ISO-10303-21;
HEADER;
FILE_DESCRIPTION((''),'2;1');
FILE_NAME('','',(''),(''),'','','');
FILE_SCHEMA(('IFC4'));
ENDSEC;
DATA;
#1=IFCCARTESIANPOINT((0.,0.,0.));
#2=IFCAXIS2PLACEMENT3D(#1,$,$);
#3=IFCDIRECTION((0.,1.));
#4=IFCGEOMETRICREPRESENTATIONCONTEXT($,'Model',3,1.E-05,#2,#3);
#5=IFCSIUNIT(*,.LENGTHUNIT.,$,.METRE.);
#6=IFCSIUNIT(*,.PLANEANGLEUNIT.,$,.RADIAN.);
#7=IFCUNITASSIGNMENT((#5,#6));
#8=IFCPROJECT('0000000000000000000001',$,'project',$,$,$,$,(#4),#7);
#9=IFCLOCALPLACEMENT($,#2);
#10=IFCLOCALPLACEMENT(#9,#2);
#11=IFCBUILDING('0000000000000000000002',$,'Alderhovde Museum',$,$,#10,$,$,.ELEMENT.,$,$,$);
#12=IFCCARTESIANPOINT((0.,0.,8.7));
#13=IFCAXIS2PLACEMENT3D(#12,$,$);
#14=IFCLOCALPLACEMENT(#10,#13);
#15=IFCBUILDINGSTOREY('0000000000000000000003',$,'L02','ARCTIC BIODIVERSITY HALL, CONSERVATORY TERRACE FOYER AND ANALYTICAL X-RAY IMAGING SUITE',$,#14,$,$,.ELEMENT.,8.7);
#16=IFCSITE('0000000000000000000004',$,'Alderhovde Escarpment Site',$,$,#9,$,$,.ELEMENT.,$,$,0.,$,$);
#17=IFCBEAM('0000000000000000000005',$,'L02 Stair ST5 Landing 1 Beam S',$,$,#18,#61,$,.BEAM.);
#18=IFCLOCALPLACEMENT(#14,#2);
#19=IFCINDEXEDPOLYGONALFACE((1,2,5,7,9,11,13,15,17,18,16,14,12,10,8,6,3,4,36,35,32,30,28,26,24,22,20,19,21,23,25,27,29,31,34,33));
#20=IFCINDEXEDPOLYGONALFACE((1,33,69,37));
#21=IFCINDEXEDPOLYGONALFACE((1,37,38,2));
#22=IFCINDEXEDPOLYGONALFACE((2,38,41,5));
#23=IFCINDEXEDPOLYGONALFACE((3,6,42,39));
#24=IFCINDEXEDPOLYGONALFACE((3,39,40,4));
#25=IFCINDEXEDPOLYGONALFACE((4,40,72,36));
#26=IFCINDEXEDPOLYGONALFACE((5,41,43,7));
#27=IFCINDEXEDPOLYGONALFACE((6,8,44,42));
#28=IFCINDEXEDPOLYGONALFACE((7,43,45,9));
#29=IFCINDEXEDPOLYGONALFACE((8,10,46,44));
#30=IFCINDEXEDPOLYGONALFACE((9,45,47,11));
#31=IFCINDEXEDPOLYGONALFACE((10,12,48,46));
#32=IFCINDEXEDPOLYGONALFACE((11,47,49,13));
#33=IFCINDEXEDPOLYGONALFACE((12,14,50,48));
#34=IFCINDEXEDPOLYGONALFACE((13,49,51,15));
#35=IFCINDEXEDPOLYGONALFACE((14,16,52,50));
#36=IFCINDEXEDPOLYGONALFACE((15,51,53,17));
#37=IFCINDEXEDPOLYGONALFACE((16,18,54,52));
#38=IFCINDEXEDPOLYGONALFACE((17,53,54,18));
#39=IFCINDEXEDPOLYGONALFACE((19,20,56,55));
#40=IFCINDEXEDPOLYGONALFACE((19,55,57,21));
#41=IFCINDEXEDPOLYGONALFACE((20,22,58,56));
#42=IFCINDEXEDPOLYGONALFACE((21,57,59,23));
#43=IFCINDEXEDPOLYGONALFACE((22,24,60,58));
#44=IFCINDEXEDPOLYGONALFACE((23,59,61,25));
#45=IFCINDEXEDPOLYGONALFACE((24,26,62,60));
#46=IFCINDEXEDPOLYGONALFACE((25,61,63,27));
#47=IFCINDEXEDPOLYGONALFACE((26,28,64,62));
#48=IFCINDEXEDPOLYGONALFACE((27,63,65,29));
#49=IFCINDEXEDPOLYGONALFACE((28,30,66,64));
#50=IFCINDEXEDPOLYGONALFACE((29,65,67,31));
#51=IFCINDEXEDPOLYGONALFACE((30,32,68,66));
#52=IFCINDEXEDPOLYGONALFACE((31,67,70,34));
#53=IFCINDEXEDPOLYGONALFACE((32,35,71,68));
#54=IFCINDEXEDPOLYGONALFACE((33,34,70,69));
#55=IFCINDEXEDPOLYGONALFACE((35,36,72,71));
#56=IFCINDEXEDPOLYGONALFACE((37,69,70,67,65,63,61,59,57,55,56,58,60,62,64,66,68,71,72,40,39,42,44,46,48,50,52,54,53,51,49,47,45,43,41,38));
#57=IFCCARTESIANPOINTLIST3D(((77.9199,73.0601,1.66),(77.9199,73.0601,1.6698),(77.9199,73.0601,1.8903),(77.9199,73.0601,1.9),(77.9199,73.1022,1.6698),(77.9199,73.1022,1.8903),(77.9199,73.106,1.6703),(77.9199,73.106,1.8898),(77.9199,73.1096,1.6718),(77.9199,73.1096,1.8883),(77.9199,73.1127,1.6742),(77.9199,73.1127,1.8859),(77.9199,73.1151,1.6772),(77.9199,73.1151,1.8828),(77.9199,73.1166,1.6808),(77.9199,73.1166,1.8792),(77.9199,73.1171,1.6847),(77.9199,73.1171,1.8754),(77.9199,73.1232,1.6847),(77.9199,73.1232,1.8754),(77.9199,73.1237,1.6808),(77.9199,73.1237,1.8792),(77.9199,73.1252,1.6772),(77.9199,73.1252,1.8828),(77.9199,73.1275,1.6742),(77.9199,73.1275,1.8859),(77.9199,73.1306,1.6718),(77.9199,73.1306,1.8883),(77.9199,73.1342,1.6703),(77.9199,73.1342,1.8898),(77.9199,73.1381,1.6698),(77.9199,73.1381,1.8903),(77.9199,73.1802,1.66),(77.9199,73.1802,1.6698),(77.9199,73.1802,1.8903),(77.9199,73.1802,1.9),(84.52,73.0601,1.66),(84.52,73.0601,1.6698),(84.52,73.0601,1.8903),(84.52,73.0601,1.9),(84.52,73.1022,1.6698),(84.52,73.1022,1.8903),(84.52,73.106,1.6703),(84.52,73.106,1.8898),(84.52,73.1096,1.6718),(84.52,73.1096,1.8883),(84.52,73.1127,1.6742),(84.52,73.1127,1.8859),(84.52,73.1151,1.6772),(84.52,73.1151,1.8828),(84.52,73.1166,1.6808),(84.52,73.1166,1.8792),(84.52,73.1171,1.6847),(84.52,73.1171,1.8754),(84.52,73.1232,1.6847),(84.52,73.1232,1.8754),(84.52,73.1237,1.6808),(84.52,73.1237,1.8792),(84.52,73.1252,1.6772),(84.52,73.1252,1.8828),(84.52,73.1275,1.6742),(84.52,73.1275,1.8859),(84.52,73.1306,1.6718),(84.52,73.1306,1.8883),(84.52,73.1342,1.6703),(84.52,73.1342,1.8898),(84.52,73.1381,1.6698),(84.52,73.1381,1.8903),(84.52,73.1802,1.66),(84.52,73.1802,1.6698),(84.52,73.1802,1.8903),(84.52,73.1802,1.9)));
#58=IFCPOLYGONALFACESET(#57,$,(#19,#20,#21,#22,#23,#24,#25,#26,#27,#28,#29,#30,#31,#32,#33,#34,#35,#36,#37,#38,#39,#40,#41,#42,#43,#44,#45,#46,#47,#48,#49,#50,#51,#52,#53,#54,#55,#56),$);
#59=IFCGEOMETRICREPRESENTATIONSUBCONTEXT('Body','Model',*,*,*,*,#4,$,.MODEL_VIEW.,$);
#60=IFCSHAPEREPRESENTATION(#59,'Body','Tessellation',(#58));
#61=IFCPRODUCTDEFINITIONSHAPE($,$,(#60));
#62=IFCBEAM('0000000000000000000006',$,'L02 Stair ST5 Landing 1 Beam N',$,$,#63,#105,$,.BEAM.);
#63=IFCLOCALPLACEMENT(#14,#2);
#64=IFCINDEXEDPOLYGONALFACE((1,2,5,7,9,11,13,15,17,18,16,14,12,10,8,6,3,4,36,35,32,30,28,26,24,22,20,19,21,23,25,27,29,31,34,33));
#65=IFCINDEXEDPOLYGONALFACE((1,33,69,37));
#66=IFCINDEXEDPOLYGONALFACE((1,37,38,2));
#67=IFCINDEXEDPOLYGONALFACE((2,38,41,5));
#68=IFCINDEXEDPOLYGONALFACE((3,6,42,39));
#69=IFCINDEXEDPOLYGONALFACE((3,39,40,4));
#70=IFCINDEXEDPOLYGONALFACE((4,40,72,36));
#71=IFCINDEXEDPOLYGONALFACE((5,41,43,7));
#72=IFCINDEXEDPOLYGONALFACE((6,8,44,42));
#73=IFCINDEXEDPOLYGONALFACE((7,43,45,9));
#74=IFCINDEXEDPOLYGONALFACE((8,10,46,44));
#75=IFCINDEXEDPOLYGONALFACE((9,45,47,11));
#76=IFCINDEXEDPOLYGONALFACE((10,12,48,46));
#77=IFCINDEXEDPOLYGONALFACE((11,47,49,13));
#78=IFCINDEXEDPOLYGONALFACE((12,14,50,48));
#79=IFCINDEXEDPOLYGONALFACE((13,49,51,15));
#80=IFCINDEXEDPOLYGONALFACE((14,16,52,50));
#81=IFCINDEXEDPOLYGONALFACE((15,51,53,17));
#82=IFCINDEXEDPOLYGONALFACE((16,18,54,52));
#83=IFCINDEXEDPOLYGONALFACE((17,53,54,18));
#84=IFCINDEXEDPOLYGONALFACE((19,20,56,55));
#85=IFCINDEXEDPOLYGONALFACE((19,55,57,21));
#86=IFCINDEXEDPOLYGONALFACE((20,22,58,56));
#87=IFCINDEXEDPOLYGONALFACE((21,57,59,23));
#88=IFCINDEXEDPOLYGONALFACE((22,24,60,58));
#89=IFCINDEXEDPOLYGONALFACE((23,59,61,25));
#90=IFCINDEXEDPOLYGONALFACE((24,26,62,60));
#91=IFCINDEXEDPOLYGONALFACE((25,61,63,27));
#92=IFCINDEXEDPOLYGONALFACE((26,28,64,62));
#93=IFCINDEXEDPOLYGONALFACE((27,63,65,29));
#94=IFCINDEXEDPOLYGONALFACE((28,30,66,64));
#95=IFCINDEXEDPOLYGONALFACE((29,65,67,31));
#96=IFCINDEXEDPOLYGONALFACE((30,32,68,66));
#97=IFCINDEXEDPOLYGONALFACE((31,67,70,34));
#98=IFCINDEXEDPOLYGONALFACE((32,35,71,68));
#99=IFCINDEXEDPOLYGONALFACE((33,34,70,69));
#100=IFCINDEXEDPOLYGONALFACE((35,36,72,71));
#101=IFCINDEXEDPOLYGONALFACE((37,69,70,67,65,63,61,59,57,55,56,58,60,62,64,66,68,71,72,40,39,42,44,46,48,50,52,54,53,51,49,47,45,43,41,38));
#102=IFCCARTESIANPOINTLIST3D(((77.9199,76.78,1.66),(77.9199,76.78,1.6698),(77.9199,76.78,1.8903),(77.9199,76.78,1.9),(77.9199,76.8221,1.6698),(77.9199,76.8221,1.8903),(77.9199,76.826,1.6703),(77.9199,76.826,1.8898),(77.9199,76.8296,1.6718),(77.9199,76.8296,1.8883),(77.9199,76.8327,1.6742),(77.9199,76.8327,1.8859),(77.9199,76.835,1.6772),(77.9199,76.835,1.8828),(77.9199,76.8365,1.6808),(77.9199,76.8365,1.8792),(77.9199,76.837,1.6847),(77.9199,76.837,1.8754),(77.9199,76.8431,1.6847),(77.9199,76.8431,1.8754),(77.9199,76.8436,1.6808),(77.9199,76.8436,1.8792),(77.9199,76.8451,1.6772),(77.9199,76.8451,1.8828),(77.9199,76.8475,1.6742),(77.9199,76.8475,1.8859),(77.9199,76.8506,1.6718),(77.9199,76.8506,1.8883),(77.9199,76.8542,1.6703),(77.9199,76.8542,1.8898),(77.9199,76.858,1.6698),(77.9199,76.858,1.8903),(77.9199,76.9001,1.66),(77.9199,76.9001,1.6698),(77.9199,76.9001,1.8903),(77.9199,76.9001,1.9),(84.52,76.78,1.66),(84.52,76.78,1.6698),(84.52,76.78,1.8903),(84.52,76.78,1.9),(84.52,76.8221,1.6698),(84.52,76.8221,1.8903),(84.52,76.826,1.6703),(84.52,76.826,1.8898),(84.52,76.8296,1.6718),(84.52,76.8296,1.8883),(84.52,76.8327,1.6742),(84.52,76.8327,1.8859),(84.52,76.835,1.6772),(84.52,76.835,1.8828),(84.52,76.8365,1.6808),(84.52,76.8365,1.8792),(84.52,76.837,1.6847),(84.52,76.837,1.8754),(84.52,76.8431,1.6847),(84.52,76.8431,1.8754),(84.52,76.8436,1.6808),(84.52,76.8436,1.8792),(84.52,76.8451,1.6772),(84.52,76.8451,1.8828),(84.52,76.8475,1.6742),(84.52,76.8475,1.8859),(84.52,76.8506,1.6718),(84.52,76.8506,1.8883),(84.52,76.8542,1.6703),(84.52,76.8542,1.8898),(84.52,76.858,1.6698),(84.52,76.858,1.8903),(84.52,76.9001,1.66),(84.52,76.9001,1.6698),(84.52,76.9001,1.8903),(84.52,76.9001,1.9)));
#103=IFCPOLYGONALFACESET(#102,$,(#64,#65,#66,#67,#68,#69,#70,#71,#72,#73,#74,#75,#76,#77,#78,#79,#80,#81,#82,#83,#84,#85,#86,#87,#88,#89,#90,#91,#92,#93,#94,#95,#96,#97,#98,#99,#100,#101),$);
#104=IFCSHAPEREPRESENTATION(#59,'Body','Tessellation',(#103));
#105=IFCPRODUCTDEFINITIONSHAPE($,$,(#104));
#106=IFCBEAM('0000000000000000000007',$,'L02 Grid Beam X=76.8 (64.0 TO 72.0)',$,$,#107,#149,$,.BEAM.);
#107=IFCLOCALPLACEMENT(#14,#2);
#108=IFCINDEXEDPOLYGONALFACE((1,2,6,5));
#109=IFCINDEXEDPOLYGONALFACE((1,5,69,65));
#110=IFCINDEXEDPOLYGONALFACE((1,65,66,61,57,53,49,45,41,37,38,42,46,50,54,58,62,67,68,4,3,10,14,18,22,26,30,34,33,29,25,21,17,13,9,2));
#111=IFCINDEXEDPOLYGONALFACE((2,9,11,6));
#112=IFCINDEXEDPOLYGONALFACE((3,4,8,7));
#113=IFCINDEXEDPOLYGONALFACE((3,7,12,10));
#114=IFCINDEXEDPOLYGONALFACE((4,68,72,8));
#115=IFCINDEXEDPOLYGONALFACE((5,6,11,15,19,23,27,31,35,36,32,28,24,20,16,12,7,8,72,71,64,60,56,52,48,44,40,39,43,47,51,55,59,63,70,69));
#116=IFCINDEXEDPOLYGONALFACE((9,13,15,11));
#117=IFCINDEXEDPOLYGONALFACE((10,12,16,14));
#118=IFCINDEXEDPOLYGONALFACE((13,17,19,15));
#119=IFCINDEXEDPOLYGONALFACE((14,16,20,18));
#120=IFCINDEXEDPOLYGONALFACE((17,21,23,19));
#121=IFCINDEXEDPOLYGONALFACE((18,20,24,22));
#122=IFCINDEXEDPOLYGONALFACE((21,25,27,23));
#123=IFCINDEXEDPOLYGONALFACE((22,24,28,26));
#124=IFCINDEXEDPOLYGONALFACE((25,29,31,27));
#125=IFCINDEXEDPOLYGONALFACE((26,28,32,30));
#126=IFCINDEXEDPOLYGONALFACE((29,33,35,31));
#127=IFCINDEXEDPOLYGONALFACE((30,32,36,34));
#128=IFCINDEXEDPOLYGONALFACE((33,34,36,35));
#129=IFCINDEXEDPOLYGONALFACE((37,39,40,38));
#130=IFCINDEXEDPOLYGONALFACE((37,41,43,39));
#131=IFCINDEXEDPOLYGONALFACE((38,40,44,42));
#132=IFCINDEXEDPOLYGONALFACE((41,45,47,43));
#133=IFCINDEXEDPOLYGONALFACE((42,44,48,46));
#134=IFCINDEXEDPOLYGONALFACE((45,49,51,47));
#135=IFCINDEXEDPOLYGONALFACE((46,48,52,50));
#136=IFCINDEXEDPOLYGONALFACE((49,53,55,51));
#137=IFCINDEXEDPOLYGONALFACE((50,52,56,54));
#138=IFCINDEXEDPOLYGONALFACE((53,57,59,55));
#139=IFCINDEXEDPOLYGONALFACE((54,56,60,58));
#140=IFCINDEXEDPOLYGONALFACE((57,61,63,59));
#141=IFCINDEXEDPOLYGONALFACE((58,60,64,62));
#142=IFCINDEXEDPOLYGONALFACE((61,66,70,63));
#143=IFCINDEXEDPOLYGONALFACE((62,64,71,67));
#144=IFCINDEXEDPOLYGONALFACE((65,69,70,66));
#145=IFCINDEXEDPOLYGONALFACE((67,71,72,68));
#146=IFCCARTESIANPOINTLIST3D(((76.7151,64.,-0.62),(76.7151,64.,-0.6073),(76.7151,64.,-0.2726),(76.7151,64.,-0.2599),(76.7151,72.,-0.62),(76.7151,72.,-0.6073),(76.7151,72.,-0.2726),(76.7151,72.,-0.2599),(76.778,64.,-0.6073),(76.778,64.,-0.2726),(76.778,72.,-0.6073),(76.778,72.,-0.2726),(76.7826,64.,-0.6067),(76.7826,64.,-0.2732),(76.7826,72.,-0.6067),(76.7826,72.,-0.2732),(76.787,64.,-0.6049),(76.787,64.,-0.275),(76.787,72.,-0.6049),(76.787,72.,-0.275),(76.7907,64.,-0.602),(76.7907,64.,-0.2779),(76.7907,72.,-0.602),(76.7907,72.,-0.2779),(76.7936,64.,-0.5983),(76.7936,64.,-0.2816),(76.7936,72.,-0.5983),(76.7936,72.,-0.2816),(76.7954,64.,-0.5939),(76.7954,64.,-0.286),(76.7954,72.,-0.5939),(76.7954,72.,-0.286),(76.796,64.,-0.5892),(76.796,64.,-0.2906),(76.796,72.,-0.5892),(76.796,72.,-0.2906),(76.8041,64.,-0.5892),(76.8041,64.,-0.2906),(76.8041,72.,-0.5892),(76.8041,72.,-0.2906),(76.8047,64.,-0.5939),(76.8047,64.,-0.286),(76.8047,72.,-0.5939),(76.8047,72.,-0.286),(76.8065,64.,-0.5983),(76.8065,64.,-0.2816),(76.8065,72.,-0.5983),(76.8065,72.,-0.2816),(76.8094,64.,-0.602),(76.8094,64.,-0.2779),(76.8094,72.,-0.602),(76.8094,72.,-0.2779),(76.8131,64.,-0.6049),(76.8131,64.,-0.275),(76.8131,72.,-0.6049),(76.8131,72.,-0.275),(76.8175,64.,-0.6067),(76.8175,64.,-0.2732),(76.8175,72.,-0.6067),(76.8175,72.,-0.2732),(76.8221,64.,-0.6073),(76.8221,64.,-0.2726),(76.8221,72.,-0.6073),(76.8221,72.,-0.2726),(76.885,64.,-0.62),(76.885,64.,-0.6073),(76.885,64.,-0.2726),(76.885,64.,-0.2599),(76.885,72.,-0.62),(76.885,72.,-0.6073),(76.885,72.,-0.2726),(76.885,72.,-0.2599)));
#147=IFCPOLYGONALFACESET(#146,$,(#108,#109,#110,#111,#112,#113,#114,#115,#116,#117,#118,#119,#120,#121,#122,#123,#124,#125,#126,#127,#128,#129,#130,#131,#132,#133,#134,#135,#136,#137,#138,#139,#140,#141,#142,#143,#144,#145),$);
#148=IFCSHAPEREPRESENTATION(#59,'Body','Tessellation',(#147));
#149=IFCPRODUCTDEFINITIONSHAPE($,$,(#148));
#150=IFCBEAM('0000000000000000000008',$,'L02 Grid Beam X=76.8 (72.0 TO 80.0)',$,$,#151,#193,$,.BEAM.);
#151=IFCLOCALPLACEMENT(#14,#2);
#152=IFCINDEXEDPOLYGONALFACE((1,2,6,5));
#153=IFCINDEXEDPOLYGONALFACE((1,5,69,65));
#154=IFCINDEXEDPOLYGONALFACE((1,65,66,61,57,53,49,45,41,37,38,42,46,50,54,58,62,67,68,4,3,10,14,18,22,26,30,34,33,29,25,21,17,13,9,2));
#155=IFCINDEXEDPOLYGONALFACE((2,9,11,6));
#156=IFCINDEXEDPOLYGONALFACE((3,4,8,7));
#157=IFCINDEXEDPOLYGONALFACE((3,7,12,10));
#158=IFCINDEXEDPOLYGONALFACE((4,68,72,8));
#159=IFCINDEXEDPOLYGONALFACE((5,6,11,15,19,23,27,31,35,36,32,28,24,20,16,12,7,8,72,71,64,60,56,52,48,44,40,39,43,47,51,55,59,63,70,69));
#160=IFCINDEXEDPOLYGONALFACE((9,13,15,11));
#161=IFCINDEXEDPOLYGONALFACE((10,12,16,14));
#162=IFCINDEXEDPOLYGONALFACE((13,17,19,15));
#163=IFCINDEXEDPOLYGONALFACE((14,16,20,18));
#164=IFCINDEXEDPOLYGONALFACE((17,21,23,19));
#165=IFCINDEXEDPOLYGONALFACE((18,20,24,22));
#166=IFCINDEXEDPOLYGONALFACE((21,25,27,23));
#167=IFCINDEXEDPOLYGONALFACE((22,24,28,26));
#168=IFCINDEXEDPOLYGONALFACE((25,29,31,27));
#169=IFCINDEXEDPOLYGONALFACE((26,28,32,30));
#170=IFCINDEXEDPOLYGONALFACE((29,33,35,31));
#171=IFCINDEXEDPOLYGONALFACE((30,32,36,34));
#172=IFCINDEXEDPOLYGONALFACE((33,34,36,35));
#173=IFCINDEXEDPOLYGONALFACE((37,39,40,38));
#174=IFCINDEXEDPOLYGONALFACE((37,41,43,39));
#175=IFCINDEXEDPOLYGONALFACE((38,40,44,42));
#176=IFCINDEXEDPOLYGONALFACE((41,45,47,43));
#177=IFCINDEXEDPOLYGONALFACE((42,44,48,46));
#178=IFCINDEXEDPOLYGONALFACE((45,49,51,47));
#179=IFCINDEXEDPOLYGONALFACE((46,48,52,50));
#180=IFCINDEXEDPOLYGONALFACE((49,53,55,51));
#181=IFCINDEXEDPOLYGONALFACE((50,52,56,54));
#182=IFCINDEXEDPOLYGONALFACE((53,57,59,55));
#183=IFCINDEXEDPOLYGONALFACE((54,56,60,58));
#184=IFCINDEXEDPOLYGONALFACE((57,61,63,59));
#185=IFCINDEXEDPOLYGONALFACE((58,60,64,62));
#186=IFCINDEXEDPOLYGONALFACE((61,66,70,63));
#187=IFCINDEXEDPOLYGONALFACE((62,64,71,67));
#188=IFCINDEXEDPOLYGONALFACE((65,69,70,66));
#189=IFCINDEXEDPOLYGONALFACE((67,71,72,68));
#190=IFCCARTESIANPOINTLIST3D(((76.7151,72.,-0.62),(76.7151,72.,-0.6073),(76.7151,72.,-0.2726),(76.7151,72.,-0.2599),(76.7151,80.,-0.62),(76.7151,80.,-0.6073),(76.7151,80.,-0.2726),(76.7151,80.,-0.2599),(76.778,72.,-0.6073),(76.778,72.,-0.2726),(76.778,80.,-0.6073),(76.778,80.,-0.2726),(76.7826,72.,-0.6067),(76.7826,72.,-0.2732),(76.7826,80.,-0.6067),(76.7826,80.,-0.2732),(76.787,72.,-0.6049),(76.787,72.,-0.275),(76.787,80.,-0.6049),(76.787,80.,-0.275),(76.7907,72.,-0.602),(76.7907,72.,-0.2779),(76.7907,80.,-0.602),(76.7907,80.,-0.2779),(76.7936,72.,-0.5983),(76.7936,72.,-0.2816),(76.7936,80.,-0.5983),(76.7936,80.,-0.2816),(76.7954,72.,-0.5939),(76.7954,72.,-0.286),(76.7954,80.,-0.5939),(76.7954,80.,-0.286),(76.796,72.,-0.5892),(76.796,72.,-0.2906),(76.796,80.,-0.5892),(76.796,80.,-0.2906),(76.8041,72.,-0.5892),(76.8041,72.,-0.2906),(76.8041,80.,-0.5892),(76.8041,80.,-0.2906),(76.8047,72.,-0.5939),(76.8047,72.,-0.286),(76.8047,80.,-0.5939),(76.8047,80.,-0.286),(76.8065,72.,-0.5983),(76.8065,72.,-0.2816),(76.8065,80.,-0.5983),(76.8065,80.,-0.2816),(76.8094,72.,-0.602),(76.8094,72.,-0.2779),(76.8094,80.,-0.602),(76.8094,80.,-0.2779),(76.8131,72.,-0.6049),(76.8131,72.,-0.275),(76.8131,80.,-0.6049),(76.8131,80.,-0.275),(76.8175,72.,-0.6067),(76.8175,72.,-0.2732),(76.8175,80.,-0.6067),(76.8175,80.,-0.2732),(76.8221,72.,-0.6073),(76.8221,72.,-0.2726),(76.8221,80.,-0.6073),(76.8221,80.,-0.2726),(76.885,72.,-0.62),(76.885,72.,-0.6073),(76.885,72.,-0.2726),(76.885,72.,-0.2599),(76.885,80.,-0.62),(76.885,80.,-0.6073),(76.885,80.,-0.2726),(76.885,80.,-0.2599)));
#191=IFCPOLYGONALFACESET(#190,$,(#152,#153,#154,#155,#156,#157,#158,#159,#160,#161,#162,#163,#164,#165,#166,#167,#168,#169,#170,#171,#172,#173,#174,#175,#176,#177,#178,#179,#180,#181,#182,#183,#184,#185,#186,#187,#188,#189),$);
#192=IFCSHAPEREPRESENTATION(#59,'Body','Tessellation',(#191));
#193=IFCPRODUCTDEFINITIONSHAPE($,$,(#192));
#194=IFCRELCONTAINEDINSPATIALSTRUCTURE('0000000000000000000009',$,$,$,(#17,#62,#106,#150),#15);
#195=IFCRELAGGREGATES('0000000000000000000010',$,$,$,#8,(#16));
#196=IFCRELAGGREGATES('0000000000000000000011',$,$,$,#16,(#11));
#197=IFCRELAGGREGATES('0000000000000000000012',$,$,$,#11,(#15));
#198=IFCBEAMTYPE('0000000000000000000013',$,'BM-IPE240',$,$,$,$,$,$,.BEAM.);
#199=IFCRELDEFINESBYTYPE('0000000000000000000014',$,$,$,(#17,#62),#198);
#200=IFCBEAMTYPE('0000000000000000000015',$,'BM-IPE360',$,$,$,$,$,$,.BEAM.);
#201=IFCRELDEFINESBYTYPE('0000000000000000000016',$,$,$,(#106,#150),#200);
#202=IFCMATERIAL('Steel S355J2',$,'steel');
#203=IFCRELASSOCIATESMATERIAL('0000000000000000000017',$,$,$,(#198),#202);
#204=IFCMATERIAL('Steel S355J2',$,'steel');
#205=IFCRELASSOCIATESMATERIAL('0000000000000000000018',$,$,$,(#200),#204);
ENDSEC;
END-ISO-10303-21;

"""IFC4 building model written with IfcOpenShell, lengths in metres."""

from ifc_helpers import new_model, si_unit, direction, frame, origin, origin_2d, place, context, subcontext, project, spatial, i_section, extrude, material, material_profile, profile_set, type_object, element, save


model = new_model("IFC4")

# Units and contexts
model_context = context("Model", 3, precision=1e-05, world=origin(), true_north=direction((0.0, 1.0)))
body_context = subcontext(model_context, "Body", "Model", "MODEL_VIEW")
ifc_project = project(units=[si_unit("LENGTHUNIT", "METRE"), si_unit("PLANEANGLEUNIT", "RADIAN")], contexts=[model_context])

# Site, building, storey
site_placement = place(None, origin())
site = spatial("IfcSite", under=ifc_project, at=site_placement, Name="Alderhovde Escarpment Site", CompositionType="ELEMENT", RefElevation=0.0)
building_placement = place(site_placement, origin())
building = spatial("IfcBuilding", under=site, at=building_placement, Name="Alderhovde Museum", CompositionType="ELEMENT")
storey_placement = place(building_placement, frame((0.0, 0.0, 8.7)))
storey = spatial("IfcBuildingStorey", under=building, at=storey_placement, Name="L02", Description="ARCTIC BIODIVERSITY HALL, CONSERVATORY TERRACE FOYER AND ANALYTICAL X-RAY IMAGING SUITE", CompositionType="ELEMENT", Elevation=8.7)

# Beams
ifc_material_1 = material(Name="Steel S355J2", Category="steel")
ifc_material_profile_1 = material_profile(ifc_material_1, i_section(OverallWidth=0.1201, OverallDepth=0.24, WebThickness=0.0061, FlangeThickness=0.0098, FilletRadius=0.0149, at=origin_2d()), Name="IPE 240")
ifc_profile_set_1 = profile_set([ifc_material_profile_1], Name="Steel S355J2")
beam_type_1 = type_object("IfcBeamType", Name="BM-IPE240", PredefinedType="BEAM", material=ifc_profile_set_1)
for number, where, z_axis, x_axis, name in (
    (1, (77.9199, 73.1201, 1.78), (1.0, 0.0, 0.0), (0.0, 1.0, 0.0), "L02 Stair ST5 Landing 1 Beam S"),
    (2, (77.9199, 76.8401, 1.78), (1.0, 0.0, 0.0), (0.0, 1.0, 0.0), "L02 Stair ST5 Landing 1 Beam N"),
):
    element("IfcBeam", number, at=place(storey_placement, frame(where, z_axis=z_axis, x_axis=x_axis)), inside=storey, type_object=beam_type_1, Name=name, PredefinedType="BEAM", context=body_context, shape_type="SweptSolid", body=[
        extrude(i_section(OverallWidth=0.1201, OverallDepth=0.24, WebThickness=0.0061, FlangeThickness=0.0098, FilletRadius=0.0149, at=origin_2d()), origin(), (0.0, 0.0, 1.0), 6.6001),
    ])
ifc_material_2 = material(Name="Steel S355J2", Category="steel")
ifc_material_profile_2 = material_profile(ifc_material_2, i_section(OverallWidth=0.1699, OverallDepth=0.3601, WebThickness=0.0081, FlangeThickness=0.0127, FilletRadius=0.0181, at=origin_2d()), Name="IPE 360")
ifc_profile_set_2 = profile_set([ifc_material_profile_2], Name="Steel S355J2")
beam_type_2 = type_object("IfcBeamType", Name="BM-IPE360", PredefinedType="BEAM", material=ifc_profile_set_2)
for number, where, z_axis, x_axis, name in (
    (3, (76.8, 64.0, -0.4399), (0.0, 1.0, 0.0), (-1.0, 0.0, 0.0), "L02 Grid Beam X=76.8 (64.0 TO 72.0)"),
    (4, (76.8, 72.0, -0.4399), (0.0, 1.0, 0.0), (-1.0, 0.0, 0.0), "L02 Grid Beam X=76.8 (72.0 TO 80.0)"),
):
    element("IfcBeam", number, at=place(storey_placement, frame(where, z_axis=z_axis, x_axis=x_axis)), inside=storey, type_object=beam_type_2, Name=name, PredefinedType="BEAM", context=body_context, shape_type="SweptSolid", body=[
        extrude(i_section(OverallWidth=0.1699, OverallDepth=0.3601, WebThickness=0.0081, FlangeThickness=0.0127, FilletRadius=0.0181, at=origin_2d()), origin(), (0.0, 0.0, 1.0), 8.0),
    ])

save(model, "model.ifc")
